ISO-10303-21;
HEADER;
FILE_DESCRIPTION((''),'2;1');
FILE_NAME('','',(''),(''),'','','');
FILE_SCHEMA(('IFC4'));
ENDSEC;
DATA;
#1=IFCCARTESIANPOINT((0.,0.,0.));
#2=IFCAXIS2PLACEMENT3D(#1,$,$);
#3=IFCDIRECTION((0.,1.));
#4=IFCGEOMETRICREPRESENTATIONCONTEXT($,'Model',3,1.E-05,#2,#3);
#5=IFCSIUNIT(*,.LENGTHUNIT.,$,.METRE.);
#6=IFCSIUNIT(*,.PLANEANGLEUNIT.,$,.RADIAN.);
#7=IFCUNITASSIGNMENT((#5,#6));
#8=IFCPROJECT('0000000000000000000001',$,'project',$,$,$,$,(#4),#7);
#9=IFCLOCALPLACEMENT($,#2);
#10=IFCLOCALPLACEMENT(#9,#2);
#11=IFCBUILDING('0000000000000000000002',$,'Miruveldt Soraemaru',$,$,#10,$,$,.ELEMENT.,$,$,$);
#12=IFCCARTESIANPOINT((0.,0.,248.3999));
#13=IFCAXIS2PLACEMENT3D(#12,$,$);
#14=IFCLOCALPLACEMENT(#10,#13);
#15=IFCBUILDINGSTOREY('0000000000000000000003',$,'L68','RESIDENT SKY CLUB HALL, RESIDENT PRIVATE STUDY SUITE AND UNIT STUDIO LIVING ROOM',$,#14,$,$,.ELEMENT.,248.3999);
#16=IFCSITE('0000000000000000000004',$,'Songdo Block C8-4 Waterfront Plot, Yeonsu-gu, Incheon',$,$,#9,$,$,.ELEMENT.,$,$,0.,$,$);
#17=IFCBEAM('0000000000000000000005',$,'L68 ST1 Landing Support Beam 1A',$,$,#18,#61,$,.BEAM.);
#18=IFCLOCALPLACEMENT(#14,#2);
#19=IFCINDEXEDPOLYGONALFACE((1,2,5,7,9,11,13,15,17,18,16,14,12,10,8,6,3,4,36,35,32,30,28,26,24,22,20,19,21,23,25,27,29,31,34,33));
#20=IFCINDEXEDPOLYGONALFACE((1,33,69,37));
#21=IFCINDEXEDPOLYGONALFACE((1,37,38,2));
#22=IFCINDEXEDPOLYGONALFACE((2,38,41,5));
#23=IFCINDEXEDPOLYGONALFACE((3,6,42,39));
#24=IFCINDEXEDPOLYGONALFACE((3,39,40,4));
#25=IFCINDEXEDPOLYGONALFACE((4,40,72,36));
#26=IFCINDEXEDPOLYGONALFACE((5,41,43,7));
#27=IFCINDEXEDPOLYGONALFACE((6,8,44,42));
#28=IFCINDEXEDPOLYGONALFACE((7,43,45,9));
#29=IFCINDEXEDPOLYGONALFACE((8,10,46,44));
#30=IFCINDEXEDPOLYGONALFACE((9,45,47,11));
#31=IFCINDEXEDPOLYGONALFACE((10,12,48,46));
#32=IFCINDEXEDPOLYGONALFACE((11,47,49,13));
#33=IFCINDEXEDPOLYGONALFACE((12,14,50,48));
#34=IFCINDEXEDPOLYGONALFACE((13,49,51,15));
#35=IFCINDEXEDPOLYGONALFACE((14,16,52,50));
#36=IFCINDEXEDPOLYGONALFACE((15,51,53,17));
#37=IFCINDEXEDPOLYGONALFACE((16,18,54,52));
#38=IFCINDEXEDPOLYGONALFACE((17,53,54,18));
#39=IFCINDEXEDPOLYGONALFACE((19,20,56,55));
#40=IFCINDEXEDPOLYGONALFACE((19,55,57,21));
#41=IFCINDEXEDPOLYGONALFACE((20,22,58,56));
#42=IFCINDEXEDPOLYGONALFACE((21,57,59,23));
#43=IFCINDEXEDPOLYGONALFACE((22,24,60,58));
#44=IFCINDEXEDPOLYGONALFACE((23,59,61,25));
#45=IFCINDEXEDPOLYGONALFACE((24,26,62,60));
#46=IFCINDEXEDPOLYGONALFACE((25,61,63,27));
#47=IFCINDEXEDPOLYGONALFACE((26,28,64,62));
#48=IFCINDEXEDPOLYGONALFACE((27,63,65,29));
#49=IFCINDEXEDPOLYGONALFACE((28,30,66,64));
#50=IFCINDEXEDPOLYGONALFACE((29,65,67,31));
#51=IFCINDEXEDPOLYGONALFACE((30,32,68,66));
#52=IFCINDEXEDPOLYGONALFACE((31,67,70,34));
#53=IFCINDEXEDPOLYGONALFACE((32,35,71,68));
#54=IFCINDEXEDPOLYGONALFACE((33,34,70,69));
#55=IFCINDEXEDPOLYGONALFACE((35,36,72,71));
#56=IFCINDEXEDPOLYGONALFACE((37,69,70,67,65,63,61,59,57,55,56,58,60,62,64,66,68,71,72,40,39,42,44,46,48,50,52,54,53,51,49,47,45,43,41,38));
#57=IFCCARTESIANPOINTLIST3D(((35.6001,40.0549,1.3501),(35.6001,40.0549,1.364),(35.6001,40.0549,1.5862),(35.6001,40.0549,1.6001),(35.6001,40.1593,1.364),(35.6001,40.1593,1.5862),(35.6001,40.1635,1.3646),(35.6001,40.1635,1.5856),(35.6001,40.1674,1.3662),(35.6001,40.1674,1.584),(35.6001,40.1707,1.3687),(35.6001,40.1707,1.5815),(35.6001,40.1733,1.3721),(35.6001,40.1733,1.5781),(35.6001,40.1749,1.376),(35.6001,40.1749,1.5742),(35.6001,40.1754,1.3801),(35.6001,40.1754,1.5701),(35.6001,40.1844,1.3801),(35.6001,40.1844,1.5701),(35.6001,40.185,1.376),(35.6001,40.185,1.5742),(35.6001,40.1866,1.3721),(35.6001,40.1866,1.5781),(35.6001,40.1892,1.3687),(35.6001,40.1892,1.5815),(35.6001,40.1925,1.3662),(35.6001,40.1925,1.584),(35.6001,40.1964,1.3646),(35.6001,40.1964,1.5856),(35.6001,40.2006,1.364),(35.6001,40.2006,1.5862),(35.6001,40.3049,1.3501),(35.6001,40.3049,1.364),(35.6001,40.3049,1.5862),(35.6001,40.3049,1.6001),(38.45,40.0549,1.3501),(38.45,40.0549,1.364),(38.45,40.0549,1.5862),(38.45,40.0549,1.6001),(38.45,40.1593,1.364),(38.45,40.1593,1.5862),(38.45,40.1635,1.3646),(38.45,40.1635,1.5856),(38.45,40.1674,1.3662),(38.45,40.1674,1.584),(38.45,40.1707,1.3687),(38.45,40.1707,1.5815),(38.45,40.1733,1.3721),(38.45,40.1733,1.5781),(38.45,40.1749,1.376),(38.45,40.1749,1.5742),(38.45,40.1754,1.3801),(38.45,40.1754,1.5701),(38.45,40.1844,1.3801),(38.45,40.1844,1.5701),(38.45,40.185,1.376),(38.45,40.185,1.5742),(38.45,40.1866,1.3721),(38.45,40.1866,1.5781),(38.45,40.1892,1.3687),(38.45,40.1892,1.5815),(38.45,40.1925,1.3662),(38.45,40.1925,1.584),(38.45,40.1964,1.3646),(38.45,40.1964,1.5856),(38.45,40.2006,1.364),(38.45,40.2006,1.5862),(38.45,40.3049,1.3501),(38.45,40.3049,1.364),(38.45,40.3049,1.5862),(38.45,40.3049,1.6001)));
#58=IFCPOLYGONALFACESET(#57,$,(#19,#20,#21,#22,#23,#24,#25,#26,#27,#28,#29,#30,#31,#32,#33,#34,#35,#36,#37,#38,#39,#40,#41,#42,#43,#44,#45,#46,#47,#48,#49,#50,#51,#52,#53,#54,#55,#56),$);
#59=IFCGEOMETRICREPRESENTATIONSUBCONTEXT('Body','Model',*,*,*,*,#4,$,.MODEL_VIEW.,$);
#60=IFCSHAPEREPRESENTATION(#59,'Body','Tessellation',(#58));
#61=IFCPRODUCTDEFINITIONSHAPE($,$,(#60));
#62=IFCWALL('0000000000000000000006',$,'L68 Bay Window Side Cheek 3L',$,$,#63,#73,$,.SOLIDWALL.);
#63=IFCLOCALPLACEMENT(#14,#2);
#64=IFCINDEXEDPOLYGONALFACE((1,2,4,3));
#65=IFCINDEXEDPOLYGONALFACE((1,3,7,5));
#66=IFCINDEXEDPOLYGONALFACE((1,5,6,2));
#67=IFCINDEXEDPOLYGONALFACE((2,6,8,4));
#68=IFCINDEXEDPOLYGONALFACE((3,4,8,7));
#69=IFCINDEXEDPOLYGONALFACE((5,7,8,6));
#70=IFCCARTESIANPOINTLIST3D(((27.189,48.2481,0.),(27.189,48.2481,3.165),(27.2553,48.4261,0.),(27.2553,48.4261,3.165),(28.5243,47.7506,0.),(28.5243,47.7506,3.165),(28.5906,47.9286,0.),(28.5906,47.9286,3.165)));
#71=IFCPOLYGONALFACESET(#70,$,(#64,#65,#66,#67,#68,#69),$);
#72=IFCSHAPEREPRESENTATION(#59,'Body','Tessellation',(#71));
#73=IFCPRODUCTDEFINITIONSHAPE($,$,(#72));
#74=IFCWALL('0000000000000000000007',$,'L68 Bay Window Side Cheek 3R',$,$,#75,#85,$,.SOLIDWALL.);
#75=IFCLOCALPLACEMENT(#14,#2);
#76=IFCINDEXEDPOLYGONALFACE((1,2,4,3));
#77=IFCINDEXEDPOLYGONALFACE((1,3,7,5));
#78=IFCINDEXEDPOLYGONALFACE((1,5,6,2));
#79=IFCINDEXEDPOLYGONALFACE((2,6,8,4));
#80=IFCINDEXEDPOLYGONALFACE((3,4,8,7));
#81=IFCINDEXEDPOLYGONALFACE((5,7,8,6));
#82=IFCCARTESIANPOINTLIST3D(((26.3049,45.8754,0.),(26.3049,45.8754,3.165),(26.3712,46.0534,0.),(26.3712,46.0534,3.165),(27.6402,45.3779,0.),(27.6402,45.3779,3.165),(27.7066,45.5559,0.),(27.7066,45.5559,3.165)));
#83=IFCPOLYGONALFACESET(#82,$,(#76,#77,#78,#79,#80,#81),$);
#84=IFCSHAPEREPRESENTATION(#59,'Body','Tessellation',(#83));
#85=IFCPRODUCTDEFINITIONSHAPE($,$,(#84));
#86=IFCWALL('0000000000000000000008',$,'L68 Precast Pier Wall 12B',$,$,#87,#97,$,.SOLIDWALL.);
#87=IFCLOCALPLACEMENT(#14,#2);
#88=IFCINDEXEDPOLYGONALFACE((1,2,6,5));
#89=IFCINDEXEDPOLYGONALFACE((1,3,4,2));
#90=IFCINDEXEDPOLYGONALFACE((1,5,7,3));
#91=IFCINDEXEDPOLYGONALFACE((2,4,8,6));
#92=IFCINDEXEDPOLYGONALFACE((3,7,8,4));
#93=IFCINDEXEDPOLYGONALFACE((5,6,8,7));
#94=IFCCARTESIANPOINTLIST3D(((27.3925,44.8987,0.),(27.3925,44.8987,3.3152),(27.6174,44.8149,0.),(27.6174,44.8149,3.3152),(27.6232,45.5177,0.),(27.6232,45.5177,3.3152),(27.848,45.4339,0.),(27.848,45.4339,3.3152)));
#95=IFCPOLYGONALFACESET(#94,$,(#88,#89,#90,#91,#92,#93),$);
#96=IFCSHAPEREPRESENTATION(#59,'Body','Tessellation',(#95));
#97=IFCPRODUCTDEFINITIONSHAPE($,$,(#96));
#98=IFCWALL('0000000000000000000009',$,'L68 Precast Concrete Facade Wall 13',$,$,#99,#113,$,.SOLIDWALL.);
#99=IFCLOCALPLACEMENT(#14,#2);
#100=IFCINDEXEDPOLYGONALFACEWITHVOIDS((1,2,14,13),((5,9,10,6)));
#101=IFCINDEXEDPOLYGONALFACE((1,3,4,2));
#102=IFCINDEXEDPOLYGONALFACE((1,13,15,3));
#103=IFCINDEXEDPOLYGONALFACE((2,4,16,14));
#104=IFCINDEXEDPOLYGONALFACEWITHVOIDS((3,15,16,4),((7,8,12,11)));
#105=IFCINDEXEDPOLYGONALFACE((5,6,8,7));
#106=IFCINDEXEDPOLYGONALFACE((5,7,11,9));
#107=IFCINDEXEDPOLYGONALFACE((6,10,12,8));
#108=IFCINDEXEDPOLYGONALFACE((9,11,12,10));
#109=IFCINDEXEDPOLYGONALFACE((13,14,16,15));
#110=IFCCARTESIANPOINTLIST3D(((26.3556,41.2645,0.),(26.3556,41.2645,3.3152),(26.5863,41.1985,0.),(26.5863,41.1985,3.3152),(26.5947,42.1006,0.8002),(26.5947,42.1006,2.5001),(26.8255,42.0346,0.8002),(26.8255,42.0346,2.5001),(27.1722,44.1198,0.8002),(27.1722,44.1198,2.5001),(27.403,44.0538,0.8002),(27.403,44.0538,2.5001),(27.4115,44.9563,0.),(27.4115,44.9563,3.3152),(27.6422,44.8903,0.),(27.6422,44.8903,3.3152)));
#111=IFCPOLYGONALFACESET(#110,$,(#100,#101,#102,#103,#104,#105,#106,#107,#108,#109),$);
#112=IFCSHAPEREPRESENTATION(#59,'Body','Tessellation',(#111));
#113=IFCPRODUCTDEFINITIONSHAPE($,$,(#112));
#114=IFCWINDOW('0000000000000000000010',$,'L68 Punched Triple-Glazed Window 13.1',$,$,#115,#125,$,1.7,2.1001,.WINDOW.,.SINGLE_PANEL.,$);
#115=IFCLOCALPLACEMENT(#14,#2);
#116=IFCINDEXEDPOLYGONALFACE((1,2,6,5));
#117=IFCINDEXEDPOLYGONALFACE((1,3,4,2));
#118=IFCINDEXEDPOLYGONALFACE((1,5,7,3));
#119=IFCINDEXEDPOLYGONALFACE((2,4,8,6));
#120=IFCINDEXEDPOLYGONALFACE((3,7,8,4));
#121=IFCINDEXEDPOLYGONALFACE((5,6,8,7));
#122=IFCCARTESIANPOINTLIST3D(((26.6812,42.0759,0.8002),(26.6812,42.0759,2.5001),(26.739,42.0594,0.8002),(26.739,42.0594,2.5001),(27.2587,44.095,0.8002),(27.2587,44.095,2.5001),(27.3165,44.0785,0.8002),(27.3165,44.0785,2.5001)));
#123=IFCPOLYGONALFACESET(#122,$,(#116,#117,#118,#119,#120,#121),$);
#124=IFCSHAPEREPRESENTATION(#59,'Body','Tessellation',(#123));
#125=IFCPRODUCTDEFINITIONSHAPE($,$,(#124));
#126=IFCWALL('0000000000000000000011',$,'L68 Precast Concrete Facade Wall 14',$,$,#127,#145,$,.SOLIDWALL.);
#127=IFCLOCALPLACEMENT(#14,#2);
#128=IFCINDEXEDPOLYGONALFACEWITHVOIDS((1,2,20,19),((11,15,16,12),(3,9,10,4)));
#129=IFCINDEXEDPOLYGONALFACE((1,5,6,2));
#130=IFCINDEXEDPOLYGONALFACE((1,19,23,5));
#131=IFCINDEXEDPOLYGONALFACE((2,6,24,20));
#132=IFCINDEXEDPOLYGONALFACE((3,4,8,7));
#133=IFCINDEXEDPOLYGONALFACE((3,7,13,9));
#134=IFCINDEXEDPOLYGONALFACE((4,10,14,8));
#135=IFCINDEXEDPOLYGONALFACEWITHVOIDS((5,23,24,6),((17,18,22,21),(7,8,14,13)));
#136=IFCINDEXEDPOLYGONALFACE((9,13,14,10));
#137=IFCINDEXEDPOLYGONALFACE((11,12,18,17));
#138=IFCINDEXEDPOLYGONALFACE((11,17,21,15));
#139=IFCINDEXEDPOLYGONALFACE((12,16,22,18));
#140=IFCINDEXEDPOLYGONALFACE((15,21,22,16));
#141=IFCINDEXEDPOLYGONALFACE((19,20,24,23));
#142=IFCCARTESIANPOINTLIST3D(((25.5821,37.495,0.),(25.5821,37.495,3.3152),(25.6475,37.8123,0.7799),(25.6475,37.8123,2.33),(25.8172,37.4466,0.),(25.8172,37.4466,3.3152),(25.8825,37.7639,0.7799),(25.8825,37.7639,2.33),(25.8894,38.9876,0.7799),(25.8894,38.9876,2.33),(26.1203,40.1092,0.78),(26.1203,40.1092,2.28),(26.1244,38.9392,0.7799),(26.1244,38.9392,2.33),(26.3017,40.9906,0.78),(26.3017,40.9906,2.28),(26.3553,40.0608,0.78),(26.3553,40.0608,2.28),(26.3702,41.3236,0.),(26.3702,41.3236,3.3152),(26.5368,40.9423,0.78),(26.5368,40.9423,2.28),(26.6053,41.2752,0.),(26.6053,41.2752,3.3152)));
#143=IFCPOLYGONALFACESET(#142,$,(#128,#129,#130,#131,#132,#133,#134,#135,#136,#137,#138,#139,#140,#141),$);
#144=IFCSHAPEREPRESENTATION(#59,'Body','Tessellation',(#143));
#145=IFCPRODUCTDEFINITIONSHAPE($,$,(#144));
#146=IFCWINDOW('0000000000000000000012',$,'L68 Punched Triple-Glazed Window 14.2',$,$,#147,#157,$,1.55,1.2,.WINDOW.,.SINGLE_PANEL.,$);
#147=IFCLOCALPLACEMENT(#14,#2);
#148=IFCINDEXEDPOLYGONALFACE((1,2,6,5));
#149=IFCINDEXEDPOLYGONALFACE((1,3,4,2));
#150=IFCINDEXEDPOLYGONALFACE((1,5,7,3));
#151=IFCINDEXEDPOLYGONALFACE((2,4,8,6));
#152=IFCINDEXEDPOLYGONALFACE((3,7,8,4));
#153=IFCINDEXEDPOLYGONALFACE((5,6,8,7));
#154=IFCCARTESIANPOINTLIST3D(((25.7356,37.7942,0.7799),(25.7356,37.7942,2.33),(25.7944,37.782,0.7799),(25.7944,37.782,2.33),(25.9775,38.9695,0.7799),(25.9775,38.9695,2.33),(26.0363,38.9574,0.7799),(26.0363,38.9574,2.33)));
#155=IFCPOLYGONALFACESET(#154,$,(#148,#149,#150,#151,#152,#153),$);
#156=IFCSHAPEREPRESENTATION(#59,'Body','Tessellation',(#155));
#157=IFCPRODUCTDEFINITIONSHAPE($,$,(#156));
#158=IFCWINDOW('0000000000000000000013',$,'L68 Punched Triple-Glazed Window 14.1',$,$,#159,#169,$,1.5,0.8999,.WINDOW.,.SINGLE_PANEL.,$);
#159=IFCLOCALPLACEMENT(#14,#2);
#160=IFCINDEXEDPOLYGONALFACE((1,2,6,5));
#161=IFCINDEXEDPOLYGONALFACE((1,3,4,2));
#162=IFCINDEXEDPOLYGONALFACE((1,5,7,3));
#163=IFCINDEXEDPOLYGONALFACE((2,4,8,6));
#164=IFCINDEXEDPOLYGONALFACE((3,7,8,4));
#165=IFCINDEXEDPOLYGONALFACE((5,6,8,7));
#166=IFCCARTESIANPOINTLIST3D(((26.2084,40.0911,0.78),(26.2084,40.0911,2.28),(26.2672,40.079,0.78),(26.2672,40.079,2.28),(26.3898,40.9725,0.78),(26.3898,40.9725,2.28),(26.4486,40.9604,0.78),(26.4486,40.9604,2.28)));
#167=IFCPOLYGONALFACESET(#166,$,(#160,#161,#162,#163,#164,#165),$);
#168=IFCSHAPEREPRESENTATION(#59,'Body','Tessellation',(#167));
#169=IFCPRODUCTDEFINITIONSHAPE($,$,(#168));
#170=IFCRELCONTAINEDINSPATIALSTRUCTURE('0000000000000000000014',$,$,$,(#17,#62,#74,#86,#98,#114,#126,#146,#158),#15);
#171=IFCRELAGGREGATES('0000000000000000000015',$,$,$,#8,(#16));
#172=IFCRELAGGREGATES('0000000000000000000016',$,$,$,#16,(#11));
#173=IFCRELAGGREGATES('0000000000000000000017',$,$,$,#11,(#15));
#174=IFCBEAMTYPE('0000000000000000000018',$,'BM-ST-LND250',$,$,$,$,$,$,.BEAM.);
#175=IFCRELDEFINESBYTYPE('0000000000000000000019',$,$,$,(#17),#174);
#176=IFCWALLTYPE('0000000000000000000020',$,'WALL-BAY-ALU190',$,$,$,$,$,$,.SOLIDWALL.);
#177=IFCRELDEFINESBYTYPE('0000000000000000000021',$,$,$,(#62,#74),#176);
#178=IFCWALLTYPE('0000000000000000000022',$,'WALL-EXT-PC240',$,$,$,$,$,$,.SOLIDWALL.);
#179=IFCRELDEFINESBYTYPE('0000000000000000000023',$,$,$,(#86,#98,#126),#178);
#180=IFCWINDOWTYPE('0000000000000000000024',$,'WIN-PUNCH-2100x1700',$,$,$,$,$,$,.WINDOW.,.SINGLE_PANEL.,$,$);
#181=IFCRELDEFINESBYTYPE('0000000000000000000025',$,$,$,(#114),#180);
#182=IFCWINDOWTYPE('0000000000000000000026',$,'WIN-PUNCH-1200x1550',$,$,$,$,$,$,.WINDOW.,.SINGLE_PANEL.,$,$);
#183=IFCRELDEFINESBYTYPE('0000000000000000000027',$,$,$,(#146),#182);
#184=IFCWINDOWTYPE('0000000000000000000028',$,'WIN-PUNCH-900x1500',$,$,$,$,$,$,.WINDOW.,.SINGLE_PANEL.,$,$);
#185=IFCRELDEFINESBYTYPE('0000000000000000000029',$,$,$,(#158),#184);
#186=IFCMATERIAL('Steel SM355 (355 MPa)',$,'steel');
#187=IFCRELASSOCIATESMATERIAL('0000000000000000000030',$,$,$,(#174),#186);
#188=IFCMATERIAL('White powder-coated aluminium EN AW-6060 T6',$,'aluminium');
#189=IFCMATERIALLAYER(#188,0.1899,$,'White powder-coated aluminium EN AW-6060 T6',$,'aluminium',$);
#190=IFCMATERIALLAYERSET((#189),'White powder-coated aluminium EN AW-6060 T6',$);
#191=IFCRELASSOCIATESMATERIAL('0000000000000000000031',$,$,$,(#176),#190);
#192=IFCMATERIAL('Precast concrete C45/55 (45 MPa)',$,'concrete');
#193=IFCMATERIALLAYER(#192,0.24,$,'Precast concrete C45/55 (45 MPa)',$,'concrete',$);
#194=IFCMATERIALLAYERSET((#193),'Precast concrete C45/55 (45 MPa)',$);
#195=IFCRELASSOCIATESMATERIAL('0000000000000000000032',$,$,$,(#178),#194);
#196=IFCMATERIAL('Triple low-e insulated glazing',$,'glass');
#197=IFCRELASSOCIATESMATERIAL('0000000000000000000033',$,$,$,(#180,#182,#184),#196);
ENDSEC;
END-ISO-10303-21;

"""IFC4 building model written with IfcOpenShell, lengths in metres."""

from ifc_helpers import new_model, si_unit, direction, frame, frame_2d, origin, origin_2d, place, context, subcontext, project, spatial, rectangle, i_section, extrude, material, layer, layer_set, material_profile, profile_set, type_object, element, fill, save


model = new_model("IFC4")

# Units and contexts
model_context = context("Model", 3, precision=1e-05, world=origin(), true_north=direction((0.0, 1.0)))
body_context = subcontext(model_context, "Body", "Model", "MODEL_VIEW")
ifc_project = project(units=[si_unit("LENGTHUNIT", "METRE"), si_unit("PLANEANGLEUNIT", "RADIAN")], contexts=[model_context])

# Site, building, storey
site_placement = place(None, origin())
site = spatial("IfcSite", under=ifc_project, at=site_placement, Name="Songdo Block C8-4 Waterfront Plot, Yeonsu-gu, Incheon", CompositionType="ELEMENT", RefElevation=0.0)
building_placement = place(site_placement, origin())
building = spatial("IfcBuilding", under=site, at=building_placement, Name="Miruveldt Soraemaru", CompositionType="ELEMENT")
storey_placement = place(building_placement, frame((0.0, 0.0, 248.3999)))
storey = spatial("IfcBuildingStorey", under=building, at=storey_placement, Name="L68", Description="RESIDENT SKY CLUB HALL, RESIDENT PRIVATE STUDY SUITE AND UNIT STUDIO LIVING ROOM", CompositionType="ELEMENT", Elevation=248.3999)

# Beam
ifc_material_1 = material(Name="Steel SM355 (355 MPa)", Category="steel")
ifc_material_profile = material_profile(ifc_material_1, i_section(OverallWidth=0.25, OverallDepth=0.25, WebThickness=0.009, FlangeThickness=0.0139, FilletRadius=0.0161, at=origin_2d()), Name="Steel SM355 (355 MPa)", Category="steel")
ifc_profile_set = profile_set([ifc_material_profile], Name="Steel SM355 (355 MPa)")
beam_type = type_object("IfcBeamType", Name="BM-ST-LND250", PredefinedType="BEAM", material=ifc_profile_set)
beam_placement = place(storey_placement, frame((35.6001, 40.1799, 1.4751), z_axis=(1.0, 0.0, 0.0), x_axis=(0.0, 1.0, 0.0)))
element("IfcBeam", 1, at=beam_placement, inside=storey, type_object=beam_type, Name="L68 ST1 Landing Support Beam 1A", PredefinedType="BEAM", context=body_context, shape_type="SweptSolid", body=[
    extrude(i_section(OverallWidth=0.25, OverallDepth=0.25, WebThickness=0.009, FlangeThickness=0.0139, FilletRadius=0.0161, at=origin_2d()), origin(), (0.0, 0.0, 1.0), 2.8499),
])

# Walls
ifc_material_2 = material(Name="White powder-coated aluminium EN AW-6060 T6", Category="aluminium")
ifc_layer_1 = layer(ifc_material_2, 0.1899, Name="White powder-coated aluminium EN AW-6060 T6", Category="aluminium")
ifc_layer_set_1 = layer_set([ifc_layer_1], Name="White powder-coated aluminium EN AW-6060 T6")
wall_type_1 = type_object("IfcWallType", Name="WALL-BAY-ALU190", PredefinedType="SOLIDWALL", material=ifc_layer_set_1)
for number, where, z_axis, x_axis, name in (
    (2, (28.5574, 47.8396, 0.0), (0.0, 0.0, 1.0), (-0.937073, 0.349133, 0.0), "L68 Bay Window Side Cheek 3L"),
    (3, (26.3381, 45.9644, 0.0), (0.0, 0.0, 1.0), (0.937073, -0.349133, 0.0), "L68 Bay Window Side Cheek 3R"),
):
    element("IfcWall", number, at=place(storey_placement, frame(where, z_axis=z_axis, x_axis=x_axis)), inside=storey, type_object=wall_type_1, Name=name, PredefinedType="SOLIDWALL", context=body_context, shape_type="SweptSolid", body=[
        extrude(rectangle(XDim=1.425, YDim=0.1899, at=frame_2d((0.7124, 0.0))), origin(), (0.0, 0.0, 1.0), 3.165),
    ])
ifc_material_3 = material(Name="Precast concrete C45/55 (45 MPa)", Category="concrete")
ifc_layer_2 = layer(ifc_material_3, 0.24, Name="Precast concrete C45/55 (45 MPa)", Category="concrete")
ifc_layer_set_2 = layer_set([ifc_layer_2], Name="Precast concrete C45/55 (45 MPa)")
wall_type_2 = type_object("IfcWallType", Name="WALL-EXT-PC240", PredefinedType="SOLIDWALL", material=ifc_layer_set_2)
wall_1_placement = place(storey_placement, frame((27.7356, 45.4758, 0.0), z_axis=(0.0, 0.0, 1.0), x_axis=(-0.349179, -0.937056, 0.0)))
element("IfcWall", 4, at=wall_1_placement, inside=storey, type_object=wall_type_2, Name="L68 Precast Pier Wall 12B", PredefinedType="SOLIDWALL", context=body_context, shape_type="SweptSolid", body=[
    extrude(rectangle(XDim=0.6606, YDim=0.24, at=frame_2d((0.3303, 0.0))), origin(), (0.0, 0.0, 1.0), 3.3152),
])

# Wall, opening, window
wall_2_placement = place(storey_placement, frame((27.5269, 44.9233, 0.0), z_axis=(0.0, 0.0, 1.0), x_axis=(-0.274981, -0.96145, 0.0)))
wall_2 = element("IfcWall", 5, at=wall_2_placement, inside=storey, type_object=wall_type_2, Name="L68 Precast Concrete Facade Wall 13", PredefinedType="SOLIDWALL", context=body_context, shape_type="SweptSolid", body=[
    extrude(rectangle(XDim=3.8398, YDim=0.24, at=frame_2d((1.9199, 0.0))), origin(), (0.0, 0.0, 1.0), 3.3152),
])
opening_1_placement = place(wall_2_placement, frame((0.8701, 0.0, 0.8)))
opening_1 = element("IfcOpeningElement", 6, at=opening_1_placement, cuts=wall_2, PredefinedType="OPENING", context=body_context, shape_type="SweptSolid", body=[
    extrude(rectangle(XDim=2.1001, YDim=1.7, at=frame_2d((1.05, 0.8501))), frame((0.0, 0.1299, 0.0), z_axis=(0.0, -1.0, 0.0), x_axis=(1.0, 0.0, 0.0)), (0.0, 0.0, 1.0), 0.26),
])
ifc_material_4 = material(Name="Triple low-e insulated glazing", Category="glass")
window_type_1 = type_object("IfcWindowType", Name="WIN-PUNCH-2100x1700", PartitioningType="SINGLE_PANEL", PredefinedType="WINDOW", material=ifc_material_4)
window_1_placement = place(opening_1_placement, origin())
window_1 = element("IfcWindow", 7, at=window_1_placement, inside=storey, type_object=window_type_1, Name="L68 Punched Triple-Glazed Window 13.1", OverallHeight=1.7, OverallWidth=2.1001, PartitioningType="SINGLE_PANEL", PredefinedType="WINDOW", context=body_context, shape_type="SweptSolid", body=[
    extrude(rectangle(XDim=2.1001, YDim=1.7, at=frame_2d((1.05, 0.8501))), frame((0.0, 0.03, 0.0), z_axis=(0.0, -1.0, 0.0), x_axis=(1.0, 0.0, 0.0)), (0.0, 0.0, 1.0), 0.0601),
])
fill(opening_1, window_1)

# Wall, openings, windows
wall_3_placement = place(storey_placement, frame((26.4878, 41.2996, 0.0), z_axis=(0.0, 0.0, 1.0), x_axis=(-0.201614, -0.979465, 0.0)))
wall_3 = element("IfcWall", 8, at=wall_3_placement, inside=storey, type_object=wall_type_2, Name="L68 Precast Concrete Facade Wall 14", PredefinedType="SOLIDWALL", context=body_context, shape_type="SweptSolid", body=[
    extrude(rectangle(XDim=3.9089, YDim=0.24, at=frame_2d((1.9546, 0.0))), origin(), (0.0, 0.0, 1.0), 3.3152),
])
opening_2_placement = place(wall_3_placement, frame((0.3401, 0.0, 0.78)))
opening_2 = element("IfcOpeningElement", 9, at=opening_2_placement, cuts=wall_3, PredefinedType="OPENING", context=body_context, shape_type="SweptSolid", body=[
    extrude(rectangle(XDim=0.8999, YDim=1.5, at=frame_2d((0.45, 0.75))), frame((0.0, 0.1299, 0.0), z_axis=(0.0, -1.0, 0.0), x_axis=(1.0, 0.0, 0.0)), (0.0, 0.0, 1.0), 0.26),
])
opening_3_placement = place(wall_3_placement, frame((2.385, 0.0, 0.78)))
opening_3 = element("IfcOpeningElement", 10, at=opening_3_placement, cuts=wall_3, PredefinedType="OPENING", context=body_context, shape_type="SweptSolid", body=[
    extrude(rectangle(XDim=1.2, YDim=1.55, at=frame_2d((0.6001, 0.7749))), frame((0.0, 0.1299, 0.0), z_axis=(0.0, -1.0, 0.0), x_axis=(1.0, 0.0, 0.0)), (0.0, 0.0, 1.0), 0.26),
])
window_type_2 = type_object("IfcWindowType", Name="WIN-PUNCH-1200x1550", PartitioningType="SINGLE_PANEL", PredefinedType="WINDOW", material=ifc_material_4)
window_2_placement = place(opening_3_placement, origin())
window_2 = element("IfcWindow", 11, at=window_2_placement, inside=storey, type_object=window_type_2, Name="L68 Punched Triple-Glazed Window 14.2", OverallHeight=1.55, OverallWidth=1.2, PartitioningType="SINGLE_PANEL", PredefinedType="WINDOW", context=body_context, shape_type="SweptSolid", body=[
    extrude(rectangle(XDim=1.2, YDim=1.55, at=frame_2d((0.6001, 0.7749))), frame((0.0, 0.03, 0.0), z_axis=(0.0, -1.0, 0.0), x_axis=(1.0, 0.0, 0.0)), (0.0, 0.0, 1.0), 0.0601),
])
fill(opening_3, window_2)
window_type_3 = type_object("IfcWindowType", Name="WIN-PUNCH-900x1500", PartitioningType="SINGLE_PANEL", PredefinedType="WINDOW", material=ifc_material_4)
window_3_placement = place(opening_2_placement, origin())
window_3 = element("IfcWindow", 12, at=window_3_placement, inside=storey, type_object=window_type_3, Name="L68 Punched Triple-Glazed Window 14.1", OverallHeight=1.5, OverallWidth=0.8999, PartitioningType="SINGLE_PANEL", PredefinedType="WINDOW", context=body_context, shape_type="SweptSolid", body=[
    extrude(rectangle(XDim=0.8999, YDim=1.5, at=frame_2d((0.45, 0.75))), frame((0.0, 0.03, 0.0), z_axis=(0.0, -1.0, 0.0), x_axis=(1.0, 0.0, 0.0)), (0.0, 0.0, 1.0), 0.0601),
])
fill(opening_2, window_3)

save(model, "model.ifc")
